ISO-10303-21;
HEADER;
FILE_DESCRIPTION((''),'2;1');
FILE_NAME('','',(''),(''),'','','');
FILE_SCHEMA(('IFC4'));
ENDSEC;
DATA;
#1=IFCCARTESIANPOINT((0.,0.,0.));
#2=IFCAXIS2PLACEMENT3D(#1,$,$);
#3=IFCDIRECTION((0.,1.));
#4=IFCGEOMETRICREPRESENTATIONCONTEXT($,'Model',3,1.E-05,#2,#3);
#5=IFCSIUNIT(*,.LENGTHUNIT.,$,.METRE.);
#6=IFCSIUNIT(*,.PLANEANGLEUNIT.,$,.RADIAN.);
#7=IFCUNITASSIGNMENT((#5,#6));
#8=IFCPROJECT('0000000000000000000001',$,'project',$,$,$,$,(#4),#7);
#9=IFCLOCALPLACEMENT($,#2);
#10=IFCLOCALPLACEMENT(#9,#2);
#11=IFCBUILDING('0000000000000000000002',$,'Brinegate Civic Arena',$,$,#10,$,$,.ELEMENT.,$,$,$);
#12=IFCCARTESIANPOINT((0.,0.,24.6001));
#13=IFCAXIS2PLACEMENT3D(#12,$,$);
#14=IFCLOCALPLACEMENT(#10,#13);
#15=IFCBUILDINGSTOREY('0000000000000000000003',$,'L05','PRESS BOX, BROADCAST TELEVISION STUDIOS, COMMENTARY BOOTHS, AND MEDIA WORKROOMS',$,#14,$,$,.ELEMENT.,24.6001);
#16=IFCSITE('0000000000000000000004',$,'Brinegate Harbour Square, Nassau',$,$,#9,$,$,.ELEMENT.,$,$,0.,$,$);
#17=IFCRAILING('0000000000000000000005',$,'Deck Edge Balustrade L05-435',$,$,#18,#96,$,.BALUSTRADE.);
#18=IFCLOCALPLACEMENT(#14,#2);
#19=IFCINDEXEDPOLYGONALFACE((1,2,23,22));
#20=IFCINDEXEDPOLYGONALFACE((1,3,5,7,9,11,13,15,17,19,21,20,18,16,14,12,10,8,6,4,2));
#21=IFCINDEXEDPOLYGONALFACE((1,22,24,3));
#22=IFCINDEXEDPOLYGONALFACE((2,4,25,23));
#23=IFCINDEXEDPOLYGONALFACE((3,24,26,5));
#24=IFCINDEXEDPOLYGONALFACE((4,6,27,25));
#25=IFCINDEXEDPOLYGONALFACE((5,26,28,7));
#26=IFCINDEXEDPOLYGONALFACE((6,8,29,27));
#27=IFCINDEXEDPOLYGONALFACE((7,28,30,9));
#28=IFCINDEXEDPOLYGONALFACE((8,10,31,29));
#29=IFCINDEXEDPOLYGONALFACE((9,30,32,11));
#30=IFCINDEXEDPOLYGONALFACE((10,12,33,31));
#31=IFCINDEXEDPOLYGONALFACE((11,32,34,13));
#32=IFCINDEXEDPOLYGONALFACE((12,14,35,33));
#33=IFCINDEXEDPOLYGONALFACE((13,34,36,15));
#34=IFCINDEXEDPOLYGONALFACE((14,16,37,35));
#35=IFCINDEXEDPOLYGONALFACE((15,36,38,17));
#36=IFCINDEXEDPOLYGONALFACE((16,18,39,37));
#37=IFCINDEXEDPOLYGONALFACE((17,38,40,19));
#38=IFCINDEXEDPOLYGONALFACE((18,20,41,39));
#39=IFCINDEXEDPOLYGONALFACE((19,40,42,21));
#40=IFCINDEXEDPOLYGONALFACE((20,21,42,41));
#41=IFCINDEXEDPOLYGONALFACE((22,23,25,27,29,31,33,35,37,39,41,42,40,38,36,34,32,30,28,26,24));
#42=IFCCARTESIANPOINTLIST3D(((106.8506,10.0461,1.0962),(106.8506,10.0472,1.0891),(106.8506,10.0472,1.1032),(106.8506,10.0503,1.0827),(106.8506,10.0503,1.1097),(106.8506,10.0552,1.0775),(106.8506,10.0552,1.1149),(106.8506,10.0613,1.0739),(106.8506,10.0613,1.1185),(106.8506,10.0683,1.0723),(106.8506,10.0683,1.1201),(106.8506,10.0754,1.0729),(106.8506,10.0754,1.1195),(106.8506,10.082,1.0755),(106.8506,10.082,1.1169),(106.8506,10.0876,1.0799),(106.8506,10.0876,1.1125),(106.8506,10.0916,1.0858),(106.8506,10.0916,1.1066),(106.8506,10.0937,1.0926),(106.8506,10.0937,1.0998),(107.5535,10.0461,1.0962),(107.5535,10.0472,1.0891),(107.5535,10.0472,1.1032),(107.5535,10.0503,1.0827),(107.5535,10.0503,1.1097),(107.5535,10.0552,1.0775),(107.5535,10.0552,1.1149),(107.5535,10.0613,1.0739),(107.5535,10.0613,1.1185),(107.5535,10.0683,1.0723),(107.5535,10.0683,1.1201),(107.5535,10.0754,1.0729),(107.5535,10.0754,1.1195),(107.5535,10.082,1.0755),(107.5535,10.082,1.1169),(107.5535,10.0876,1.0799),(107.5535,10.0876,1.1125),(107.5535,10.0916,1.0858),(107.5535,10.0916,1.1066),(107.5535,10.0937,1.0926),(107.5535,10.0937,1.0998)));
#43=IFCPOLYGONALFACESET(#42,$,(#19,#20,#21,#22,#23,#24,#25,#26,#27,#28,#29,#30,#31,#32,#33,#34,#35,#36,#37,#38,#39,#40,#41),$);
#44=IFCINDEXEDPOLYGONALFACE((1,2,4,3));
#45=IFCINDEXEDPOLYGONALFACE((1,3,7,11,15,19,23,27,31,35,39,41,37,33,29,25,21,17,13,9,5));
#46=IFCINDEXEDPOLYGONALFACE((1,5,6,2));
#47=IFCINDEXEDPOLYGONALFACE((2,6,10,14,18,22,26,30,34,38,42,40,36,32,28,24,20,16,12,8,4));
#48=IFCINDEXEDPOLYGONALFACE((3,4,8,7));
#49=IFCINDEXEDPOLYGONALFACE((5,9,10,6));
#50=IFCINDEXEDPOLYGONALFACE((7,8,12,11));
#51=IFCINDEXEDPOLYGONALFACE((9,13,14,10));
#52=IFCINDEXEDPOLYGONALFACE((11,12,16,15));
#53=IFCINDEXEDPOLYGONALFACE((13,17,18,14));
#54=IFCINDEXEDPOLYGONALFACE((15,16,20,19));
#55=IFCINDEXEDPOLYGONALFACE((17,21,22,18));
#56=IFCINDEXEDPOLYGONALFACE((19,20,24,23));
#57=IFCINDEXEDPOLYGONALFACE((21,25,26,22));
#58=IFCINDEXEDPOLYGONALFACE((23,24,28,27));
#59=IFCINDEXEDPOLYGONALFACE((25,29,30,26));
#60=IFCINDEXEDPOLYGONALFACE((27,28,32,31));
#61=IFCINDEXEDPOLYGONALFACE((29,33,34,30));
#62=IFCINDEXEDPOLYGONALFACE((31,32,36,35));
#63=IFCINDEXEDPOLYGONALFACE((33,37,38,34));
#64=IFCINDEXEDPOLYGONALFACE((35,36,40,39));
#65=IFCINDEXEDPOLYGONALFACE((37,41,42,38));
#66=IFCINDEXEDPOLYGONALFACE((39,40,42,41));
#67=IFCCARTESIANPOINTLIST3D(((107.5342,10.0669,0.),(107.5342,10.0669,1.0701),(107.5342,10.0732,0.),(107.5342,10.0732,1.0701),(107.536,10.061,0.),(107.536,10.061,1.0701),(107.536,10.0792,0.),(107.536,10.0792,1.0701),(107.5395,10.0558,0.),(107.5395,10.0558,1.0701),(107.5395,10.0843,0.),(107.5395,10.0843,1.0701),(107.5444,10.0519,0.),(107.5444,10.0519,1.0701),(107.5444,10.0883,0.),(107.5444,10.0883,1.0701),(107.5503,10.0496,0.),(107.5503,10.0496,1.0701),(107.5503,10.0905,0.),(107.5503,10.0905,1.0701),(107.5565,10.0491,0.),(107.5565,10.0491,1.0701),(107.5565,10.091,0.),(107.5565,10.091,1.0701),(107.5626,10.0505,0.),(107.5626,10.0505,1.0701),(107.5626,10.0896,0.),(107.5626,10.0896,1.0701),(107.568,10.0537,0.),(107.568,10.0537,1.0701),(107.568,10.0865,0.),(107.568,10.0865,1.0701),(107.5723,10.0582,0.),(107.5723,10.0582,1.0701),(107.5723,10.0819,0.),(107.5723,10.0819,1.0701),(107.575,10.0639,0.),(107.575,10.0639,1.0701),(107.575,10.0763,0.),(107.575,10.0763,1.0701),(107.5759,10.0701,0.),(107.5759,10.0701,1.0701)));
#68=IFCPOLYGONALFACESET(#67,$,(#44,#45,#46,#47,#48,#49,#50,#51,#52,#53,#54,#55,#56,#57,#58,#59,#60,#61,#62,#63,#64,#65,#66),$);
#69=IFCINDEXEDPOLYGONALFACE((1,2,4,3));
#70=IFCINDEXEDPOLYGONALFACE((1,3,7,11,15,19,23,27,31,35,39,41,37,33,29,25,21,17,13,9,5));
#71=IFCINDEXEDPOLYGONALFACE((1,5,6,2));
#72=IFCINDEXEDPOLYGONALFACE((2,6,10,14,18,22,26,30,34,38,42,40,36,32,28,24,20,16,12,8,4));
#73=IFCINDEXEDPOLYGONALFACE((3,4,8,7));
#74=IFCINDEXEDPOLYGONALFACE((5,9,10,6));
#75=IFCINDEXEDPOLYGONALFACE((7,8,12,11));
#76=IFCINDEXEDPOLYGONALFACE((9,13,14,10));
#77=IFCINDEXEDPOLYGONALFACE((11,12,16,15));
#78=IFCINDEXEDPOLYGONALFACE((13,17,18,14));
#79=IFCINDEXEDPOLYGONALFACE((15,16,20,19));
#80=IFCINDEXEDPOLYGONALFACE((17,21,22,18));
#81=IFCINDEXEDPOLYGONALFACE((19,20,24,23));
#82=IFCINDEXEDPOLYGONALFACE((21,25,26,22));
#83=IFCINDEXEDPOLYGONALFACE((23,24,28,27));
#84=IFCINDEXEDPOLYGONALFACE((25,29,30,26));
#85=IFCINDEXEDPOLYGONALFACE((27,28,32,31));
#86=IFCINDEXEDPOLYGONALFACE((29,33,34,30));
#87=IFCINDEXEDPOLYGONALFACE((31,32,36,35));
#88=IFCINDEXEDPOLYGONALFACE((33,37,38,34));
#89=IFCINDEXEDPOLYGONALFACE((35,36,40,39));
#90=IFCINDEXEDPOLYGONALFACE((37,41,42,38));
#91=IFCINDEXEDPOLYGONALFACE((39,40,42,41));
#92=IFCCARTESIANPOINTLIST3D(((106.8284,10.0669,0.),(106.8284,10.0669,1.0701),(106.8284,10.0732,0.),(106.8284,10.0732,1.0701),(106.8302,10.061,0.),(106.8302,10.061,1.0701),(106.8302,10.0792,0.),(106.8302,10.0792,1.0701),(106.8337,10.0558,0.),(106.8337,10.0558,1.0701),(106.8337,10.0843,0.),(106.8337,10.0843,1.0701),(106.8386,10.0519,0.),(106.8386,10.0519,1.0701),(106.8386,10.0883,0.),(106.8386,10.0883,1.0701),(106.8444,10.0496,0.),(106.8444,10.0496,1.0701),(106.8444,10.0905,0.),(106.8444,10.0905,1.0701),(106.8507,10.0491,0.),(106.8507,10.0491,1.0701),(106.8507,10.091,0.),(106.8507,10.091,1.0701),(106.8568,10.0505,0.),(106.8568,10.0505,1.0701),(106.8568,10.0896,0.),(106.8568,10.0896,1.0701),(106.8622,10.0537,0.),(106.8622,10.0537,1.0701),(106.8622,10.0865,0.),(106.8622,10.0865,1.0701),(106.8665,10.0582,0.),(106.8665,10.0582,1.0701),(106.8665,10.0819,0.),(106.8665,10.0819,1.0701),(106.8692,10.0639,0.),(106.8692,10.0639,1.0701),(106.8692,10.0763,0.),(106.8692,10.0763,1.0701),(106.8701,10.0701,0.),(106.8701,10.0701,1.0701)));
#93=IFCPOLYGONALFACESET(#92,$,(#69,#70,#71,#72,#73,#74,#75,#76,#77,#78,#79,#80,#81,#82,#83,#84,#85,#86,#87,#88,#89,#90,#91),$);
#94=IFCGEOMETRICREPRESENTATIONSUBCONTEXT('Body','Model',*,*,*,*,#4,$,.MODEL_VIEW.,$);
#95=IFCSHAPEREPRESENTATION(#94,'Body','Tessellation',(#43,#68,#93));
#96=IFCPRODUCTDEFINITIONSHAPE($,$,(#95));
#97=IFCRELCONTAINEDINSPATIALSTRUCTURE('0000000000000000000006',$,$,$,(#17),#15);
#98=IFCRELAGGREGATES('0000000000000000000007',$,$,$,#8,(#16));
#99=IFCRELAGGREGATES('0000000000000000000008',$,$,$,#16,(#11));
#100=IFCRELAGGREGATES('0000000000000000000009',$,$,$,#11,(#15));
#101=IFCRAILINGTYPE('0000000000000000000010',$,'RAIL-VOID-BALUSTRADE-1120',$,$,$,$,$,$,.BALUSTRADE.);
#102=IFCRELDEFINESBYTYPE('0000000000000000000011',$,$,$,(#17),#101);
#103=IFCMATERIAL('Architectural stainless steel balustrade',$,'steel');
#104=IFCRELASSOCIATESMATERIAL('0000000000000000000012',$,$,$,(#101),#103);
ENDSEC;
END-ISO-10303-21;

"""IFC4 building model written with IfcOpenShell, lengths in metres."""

from ifc_helpers import new_model, si_unit, direction, frame, origin, origin_2d, place, context, subcontext, project, spatial, circle, extrude, material, type_object, element, save


model = new_model("IFC4")

# Units and contexts
model_context = context("Model", 3, precision=1e-05, world=origin(), true_north=direction((0.0, 1.0)))
body_context = subcontext(model_context, "Body", "Model", "MODEL_VIEW")
ifc_project = project(units=[si_unit("LENGTHUNIT", "METRE"), si_unit("PLANEANGLEUNIT", "RADIAN")], contexts=[model_context])

# Site, building, storey
site_placement = place(None, origin())
site = spatial("IfcSite", under=ifc_project, at=site_placement, Name="Brinegate Harbour Square, Nassau", CompositionType="ELEMENT", RefElevation=0.0)
building_placement = place(site_placement, origin())
building = spatial("IfcBuilding", under=site, at=building_placement, Name="Brinegate Civic Arena", CompositionType="ELEMENT")
storey_placement = place(building_placement, frame((0.0, 0.0, 24.6001)))
storey = spatial("IfcBuildingStorey", under=building, at=storey_placement, Name="L05", Description="PRESS BOX, BROADCAST TELEVISION STUDIOS, COMMENTARY BOOTHS, AND MEDIA WORKROOMS", CompositionType="ELEMENT", Elevation=24.6001)

# Railing
ifc_material_1 = material(Name="Architectural stainless steel balustrade", Category="steel")
railing_type = type_object("IfcRailingType", Name="RAIL-VOID-BALUSTRADE-1120", PredefinedType="BALUSTRADE", material=ifc_material_1)
for number, where, name in (
    (1, (107.5549, 10.0701, 0.0), "Deck Edge Balustrade L05-435"),
):
    element("IfcRailing", number, at=place(storey_placement, frame(where)), inside=storey, type_object=railing_type, Name=name, PredefinedType="BALUSTRADE", context=body_context, shape_type="SweptSolid", body=[
        extrude(circle(Radius=0.0239, at=origin_2d()), frame((-0.0015, 0.0, 1.0962), z_axis=(-1.0, 0.0, 0.0), x_axis=(0.0, -1.0, 0.0)), (0.0, 0.0, 1.0), 0.7029),
        extrude(circle(Radius=0.021, at=origin_2d()), origin(), (0.0, 0.0, 1.0), 1.0701),
        extrude(circle(Radius=0.021, at=origin_2d()), frame((-0.7058, 0.0, 0.0)), (0.0, 0.0, 1.0), 1.0701),
    ])

save(model, "model.ifc")
